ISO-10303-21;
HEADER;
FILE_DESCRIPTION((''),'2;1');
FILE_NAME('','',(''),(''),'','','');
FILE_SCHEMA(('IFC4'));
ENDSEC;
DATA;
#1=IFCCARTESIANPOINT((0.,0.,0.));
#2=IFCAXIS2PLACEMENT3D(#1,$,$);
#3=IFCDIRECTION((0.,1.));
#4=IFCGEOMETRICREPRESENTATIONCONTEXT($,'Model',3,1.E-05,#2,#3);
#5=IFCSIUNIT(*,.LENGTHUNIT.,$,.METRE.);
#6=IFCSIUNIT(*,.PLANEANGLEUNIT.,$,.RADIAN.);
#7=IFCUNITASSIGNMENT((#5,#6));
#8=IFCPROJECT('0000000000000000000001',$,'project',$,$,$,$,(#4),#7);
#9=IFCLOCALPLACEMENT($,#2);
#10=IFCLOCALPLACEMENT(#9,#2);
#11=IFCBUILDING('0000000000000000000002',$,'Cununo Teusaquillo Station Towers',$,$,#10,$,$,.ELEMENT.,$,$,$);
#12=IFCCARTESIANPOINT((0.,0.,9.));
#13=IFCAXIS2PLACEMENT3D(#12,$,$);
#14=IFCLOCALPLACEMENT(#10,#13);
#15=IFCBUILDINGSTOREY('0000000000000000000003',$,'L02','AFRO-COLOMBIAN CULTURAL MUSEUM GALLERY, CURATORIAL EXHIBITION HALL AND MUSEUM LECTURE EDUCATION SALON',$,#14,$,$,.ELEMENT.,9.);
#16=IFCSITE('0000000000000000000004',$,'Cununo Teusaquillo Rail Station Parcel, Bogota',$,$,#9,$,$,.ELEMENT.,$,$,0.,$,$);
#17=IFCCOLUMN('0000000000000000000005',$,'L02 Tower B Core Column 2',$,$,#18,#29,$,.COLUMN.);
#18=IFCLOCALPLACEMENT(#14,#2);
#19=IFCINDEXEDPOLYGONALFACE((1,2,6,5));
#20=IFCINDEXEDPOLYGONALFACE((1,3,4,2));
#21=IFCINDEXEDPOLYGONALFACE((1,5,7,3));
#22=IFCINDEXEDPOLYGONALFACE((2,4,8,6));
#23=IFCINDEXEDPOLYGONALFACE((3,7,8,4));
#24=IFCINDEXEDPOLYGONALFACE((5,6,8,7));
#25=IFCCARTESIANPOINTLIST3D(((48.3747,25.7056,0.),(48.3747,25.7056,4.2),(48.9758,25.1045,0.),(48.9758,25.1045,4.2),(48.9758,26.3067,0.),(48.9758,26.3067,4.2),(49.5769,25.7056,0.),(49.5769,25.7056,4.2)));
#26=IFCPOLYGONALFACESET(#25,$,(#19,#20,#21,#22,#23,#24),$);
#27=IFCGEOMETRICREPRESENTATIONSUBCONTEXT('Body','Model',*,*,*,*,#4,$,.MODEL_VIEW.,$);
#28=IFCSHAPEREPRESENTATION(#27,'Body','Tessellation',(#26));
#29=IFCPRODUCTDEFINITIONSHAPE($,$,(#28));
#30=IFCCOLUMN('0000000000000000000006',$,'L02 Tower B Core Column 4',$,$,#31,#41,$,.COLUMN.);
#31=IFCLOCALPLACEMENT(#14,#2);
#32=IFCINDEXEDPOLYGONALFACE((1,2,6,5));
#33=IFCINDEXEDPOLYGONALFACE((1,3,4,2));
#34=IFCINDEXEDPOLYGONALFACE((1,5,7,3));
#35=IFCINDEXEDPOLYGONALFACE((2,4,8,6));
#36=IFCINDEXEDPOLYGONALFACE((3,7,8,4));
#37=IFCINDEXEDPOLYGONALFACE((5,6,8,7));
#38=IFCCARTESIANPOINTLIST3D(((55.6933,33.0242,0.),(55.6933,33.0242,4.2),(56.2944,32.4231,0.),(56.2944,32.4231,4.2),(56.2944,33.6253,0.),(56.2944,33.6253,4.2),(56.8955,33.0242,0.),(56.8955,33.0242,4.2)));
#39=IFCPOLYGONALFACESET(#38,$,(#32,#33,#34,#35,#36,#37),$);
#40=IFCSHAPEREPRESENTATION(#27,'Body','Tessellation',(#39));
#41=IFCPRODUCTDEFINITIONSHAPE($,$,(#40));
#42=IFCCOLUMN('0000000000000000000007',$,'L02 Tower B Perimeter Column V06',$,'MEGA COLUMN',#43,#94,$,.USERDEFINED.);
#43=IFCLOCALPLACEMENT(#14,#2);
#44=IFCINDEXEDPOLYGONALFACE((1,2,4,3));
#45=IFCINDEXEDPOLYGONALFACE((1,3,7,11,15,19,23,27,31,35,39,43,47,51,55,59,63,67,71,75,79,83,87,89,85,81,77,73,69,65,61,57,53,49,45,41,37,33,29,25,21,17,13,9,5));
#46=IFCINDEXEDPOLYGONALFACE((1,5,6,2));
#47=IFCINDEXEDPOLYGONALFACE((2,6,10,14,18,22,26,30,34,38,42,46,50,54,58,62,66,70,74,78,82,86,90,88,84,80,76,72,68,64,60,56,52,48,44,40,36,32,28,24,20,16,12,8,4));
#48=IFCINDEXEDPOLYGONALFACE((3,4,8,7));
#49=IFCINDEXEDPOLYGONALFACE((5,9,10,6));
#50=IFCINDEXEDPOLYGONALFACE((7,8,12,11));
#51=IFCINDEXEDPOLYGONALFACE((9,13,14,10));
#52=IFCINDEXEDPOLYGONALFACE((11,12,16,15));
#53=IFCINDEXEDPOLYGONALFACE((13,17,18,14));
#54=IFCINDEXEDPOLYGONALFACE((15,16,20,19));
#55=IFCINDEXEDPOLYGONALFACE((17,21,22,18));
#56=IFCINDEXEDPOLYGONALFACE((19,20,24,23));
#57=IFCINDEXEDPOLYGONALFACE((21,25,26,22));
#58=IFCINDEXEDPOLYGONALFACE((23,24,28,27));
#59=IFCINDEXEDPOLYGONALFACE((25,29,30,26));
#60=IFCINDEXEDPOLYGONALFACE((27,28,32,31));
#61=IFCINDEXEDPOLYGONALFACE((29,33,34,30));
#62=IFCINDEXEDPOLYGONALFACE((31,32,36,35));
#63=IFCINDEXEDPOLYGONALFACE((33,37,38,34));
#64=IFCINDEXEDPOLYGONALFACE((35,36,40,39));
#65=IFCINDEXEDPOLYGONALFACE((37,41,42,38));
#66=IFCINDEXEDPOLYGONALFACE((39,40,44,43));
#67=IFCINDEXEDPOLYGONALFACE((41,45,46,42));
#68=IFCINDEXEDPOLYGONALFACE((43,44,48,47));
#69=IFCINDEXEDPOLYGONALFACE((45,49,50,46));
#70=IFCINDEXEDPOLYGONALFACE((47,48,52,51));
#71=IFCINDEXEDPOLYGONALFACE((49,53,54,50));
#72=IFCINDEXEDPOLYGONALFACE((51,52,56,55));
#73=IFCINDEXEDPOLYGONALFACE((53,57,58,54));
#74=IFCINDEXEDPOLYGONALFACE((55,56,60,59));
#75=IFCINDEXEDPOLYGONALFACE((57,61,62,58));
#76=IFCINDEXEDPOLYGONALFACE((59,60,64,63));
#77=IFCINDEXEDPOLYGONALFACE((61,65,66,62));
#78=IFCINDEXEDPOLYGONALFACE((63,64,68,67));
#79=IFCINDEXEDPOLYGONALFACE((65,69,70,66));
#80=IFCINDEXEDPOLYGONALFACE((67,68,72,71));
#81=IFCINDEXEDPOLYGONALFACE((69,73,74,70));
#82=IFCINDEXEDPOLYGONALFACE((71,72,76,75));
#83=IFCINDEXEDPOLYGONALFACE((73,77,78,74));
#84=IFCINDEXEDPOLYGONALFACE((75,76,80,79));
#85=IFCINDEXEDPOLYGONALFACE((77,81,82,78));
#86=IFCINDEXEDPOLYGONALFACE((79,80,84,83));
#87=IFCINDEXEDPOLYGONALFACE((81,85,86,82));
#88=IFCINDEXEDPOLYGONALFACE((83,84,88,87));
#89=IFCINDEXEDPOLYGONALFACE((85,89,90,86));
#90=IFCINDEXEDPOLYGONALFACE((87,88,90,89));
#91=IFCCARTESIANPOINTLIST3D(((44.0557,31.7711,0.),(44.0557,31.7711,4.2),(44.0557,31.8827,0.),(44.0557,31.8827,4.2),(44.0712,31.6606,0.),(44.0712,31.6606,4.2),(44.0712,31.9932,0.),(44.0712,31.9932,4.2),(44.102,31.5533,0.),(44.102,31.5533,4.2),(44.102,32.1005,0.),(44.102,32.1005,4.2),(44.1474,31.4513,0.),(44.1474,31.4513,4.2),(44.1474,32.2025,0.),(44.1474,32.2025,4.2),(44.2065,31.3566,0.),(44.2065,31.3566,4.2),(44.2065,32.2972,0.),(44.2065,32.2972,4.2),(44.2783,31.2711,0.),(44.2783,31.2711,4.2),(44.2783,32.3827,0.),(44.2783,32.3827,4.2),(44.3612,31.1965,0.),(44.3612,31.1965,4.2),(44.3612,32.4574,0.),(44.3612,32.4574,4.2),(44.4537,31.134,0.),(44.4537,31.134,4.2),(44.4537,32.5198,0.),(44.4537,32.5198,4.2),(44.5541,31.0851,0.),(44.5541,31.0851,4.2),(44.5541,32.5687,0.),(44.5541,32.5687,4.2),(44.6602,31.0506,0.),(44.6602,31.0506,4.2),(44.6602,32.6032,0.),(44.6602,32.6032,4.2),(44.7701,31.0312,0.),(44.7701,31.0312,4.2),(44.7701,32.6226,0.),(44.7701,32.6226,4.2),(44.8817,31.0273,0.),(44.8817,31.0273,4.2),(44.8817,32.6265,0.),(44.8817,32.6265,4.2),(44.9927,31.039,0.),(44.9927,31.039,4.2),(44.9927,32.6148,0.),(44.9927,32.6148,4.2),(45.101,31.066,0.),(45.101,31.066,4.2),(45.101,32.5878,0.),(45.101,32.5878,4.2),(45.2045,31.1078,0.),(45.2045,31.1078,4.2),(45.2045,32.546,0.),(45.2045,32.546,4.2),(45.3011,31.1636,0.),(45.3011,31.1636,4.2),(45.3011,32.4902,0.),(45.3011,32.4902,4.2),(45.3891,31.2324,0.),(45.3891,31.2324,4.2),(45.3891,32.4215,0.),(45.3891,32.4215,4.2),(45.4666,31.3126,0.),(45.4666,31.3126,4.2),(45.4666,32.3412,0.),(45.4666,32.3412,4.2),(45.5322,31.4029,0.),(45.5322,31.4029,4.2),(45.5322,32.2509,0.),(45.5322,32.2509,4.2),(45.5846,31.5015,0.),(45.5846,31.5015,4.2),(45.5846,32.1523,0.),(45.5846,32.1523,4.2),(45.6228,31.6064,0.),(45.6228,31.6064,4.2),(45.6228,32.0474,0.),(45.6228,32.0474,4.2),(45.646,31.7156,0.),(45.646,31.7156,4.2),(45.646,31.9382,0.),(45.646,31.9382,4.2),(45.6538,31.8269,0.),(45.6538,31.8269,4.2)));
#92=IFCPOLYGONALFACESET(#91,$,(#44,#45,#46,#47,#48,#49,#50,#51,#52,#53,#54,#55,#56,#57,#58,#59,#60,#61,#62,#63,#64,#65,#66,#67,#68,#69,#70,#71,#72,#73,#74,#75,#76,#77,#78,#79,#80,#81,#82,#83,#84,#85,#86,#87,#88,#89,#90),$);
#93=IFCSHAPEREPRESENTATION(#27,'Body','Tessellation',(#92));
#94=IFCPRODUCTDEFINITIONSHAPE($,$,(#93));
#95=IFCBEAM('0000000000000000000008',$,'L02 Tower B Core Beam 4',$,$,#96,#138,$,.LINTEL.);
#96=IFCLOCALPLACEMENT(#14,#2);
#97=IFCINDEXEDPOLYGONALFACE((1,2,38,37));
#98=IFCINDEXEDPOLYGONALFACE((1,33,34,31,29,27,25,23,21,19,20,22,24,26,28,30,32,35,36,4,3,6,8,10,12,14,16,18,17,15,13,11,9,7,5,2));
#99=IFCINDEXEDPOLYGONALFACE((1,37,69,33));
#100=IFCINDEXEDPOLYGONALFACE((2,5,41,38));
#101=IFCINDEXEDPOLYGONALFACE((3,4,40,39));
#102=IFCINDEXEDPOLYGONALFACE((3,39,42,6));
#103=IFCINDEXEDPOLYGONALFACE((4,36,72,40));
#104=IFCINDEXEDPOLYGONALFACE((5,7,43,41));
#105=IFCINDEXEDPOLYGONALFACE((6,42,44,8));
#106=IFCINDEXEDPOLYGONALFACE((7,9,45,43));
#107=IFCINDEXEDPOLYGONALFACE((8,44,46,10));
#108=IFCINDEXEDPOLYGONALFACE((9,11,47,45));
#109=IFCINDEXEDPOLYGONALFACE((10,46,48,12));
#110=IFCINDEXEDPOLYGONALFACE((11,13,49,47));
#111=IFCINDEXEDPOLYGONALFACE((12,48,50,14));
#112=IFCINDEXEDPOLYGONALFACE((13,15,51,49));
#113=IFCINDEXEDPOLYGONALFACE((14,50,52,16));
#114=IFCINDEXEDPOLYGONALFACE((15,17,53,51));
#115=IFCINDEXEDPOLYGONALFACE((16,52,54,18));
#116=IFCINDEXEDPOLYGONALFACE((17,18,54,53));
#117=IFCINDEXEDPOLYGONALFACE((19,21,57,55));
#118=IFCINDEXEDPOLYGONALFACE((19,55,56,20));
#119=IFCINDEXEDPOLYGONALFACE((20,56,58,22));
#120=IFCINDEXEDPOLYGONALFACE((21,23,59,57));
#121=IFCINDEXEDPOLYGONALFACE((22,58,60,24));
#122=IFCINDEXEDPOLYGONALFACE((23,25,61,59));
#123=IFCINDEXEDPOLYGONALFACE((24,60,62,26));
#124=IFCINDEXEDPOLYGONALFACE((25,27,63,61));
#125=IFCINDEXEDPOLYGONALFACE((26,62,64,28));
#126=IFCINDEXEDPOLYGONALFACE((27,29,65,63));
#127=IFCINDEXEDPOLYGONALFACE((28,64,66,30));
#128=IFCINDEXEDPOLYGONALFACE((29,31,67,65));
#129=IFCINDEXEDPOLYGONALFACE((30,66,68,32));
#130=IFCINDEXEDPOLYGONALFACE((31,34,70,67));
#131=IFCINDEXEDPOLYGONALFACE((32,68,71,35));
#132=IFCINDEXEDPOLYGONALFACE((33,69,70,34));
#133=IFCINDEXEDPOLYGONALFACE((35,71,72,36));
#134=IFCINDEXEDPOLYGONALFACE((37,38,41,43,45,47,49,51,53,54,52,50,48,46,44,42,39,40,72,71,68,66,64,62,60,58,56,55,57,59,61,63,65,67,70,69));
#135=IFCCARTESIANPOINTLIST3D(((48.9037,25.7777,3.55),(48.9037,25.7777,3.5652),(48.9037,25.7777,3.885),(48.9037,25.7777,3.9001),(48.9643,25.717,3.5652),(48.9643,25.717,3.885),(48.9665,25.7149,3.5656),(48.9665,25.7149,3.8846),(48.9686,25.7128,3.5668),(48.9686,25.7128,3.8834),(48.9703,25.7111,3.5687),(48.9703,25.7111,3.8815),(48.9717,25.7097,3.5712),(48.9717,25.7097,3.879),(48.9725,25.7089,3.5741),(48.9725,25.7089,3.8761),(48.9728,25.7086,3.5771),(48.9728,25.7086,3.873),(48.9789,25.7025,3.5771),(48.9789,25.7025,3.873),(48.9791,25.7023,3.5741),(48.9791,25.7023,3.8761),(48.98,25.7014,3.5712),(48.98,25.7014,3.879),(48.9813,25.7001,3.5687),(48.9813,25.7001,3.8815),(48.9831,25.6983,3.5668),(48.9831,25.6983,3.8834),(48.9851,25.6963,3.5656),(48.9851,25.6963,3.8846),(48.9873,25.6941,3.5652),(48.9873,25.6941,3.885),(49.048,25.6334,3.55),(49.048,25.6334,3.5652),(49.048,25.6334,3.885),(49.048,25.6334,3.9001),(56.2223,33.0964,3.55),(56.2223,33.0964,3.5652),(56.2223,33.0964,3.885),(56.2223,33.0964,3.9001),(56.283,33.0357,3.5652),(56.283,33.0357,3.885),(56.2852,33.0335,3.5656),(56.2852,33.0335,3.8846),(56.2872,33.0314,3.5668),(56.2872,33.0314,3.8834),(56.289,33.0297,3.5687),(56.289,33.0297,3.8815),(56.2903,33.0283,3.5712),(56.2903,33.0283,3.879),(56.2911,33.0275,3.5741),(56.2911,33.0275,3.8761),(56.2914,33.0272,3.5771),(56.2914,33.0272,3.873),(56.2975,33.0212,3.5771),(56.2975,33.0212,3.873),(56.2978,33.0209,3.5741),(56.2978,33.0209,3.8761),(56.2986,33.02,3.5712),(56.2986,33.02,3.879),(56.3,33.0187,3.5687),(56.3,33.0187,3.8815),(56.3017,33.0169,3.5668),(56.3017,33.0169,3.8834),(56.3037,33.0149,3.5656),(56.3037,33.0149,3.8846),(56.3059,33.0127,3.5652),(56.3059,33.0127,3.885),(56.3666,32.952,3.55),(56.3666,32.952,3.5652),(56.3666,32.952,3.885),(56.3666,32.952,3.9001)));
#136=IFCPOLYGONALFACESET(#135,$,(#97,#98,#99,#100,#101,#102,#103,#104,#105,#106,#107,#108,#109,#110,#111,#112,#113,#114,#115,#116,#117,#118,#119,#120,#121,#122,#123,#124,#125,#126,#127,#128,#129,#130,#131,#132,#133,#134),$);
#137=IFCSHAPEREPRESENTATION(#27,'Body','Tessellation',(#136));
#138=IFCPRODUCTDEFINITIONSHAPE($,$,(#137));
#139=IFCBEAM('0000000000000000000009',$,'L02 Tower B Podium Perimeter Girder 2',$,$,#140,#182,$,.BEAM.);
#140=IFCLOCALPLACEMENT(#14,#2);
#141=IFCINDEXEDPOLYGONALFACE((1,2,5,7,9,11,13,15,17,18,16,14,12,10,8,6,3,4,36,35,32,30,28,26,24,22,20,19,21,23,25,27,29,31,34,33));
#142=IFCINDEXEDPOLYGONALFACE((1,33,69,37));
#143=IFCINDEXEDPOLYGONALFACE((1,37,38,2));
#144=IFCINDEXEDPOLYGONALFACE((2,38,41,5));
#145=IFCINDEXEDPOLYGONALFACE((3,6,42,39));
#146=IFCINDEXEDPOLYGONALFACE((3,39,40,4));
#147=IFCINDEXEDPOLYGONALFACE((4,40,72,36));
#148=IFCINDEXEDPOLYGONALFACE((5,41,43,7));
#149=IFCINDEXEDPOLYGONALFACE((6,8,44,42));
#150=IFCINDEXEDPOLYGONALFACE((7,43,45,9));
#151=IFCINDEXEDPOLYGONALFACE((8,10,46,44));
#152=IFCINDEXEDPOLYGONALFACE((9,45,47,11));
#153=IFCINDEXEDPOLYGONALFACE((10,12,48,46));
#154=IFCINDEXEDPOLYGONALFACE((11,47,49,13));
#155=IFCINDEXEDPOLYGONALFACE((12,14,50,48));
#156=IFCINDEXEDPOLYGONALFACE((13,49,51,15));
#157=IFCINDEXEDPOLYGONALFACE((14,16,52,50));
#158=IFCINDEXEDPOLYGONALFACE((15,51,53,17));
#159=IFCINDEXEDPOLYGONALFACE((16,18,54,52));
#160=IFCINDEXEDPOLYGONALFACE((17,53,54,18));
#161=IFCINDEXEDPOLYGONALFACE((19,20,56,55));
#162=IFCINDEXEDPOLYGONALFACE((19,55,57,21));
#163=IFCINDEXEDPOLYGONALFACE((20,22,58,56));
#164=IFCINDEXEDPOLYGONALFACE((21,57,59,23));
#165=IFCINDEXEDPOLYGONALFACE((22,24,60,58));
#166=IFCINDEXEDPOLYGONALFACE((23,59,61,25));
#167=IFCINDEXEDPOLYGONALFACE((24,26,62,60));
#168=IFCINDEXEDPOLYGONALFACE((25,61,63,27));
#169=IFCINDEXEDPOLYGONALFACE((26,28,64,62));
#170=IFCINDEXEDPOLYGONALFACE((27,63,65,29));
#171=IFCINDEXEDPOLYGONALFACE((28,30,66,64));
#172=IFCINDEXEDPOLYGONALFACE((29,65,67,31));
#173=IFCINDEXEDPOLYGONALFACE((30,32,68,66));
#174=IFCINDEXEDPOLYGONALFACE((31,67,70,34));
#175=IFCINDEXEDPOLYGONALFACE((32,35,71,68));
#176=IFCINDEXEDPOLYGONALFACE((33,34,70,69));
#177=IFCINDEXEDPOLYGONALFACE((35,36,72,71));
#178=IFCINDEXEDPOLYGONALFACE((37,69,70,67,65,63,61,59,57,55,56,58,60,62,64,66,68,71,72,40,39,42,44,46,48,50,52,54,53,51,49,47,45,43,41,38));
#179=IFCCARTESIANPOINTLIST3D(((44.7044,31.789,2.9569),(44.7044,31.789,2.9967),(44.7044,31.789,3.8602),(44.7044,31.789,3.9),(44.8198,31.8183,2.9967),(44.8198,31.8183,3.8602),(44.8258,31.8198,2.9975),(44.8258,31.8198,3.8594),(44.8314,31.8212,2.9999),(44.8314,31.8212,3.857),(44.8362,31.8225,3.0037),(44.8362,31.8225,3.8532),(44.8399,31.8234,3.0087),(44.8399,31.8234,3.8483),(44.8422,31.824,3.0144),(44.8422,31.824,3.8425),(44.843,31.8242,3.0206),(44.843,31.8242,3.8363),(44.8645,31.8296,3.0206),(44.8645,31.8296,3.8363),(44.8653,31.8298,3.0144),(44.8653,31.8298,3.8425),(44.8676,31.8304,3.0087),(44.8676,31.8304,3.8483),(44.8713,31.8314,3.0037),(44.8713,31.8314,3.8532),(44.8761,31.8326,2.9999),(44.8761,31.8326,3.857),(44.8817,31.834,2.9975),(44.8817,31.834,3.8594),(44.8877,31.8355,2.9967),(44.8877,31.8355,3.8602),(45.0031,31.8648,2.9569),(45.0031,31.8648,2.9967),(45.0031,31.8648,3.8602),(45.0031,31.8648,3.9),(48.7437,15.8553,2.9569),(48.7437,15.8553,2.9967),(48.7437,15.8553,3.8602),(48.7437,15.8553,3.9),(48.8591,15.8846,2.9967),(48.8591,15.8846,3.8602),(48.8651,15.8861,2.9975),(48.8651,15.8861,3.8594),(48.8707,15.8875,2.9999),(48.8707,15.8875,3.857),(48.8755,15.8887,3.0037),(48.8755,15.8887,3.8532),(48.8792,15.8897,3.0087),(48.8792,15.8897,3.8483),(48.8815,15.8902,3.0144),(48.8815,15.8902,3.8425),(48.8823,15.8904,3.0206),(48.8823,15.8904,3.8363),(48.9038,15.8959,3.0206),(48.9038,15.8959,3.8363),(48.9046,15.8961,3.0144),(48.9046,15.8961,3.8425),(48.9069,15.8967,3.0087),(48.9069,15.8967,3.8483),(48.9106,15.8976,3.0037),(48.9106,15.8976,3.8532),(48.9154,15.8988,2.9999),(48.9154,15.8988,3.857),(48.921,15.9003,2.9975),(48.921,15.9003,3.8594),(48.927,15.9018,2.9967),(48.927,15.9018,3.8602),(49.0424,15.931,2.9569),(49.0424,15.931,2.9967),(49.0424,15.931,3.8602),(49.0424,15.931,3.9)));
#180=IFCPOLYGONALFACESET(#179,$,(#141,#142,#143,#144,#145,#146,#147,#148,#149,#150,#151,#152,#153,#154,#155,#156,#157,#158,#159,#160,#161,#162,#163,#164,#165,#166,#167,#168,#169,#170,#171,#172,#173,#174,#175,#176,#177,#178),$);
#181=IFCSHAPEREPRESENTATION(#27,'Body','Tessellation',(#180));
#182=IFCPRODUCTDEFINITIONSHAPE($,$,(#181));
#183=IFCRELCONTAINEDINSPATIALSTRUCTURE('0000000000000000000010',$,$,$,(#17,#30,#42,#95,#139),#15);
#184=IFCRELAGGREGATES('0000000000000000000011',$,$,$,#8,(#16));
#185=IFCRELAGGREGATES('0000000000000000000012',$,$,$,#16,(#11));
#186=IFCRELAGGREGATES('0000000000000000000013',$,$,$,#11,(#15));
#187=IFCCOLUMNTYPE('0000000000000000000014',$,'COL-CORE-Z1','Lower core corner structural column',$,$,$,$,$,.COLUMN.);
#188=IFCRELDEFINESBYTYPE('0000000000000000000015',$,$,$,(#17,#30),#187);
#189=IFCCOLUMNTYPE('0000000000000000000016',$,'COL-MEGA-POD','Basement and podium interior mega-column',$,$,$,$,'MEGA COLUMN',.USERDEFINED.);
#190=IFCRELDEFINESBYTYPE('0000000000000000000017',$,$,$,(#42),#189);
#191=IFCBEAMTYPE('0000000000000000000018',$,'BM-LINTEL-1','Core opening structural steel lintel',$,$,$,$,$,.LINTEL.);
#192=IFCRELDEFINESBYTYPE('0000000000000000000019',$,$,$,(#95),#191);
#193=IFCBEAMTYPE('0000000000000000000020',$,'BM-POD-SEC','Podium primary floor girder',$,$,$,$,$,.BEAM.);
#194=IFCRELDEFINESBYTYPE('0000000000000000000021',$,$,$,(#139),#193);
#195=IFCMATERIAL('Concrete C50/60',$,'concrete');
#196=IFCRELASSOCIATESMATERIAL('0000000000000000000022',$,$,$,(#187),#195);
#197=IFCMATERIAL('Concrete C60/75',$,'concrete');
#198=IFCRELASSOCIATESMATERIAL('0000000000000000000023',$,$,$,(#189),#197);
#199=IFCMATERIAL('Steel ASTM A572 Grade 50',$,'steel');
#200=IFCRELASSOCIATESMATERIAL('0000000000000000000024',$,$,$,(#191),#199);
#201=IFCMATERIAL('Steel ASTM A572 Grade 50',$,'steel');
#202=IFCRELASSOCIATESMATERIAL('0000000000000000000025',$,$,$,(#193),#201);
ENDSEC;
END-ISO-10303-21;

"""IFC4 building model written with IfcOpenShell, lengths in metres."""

from ifc_helpers import new_model, si_unit, direction, frame, origin, origin_2d, place, context, subcontext, project, spatial, rectangle, circle, i_section, extrude, material, material_profile, profile_set, type_object, element, save


model = new_model("IFC4")

# Units and contexts
model_context = context("Model", 3, precision=1e-05, world=origin(), true_north=direction((0.0, 1.0)))
body_context = subcontext(model_context, "Body", "Model", "MODEL_VIEW")
ifc_project = project(units=[si_unit("LENGTHUNIT", "METRE"), si_unit("PLANEANGLEUNIT", "RADIAN")], contexts=[model_context])

# Site, building, storey
site_placement = place(None, origin())
site = spatial("IfcSite", under=ifc_project, at=site_placement, Name="Cununo Teusaquillo Rail Station Parcel, Bogota", CompositionType="ELEMENT", RefElevation=0.0)
building_placement = place(site_placement, origin())
building = spatial("IfcBuilding", under=site, at=building_placement, Name="Cununo Teusaquillo Station Towers", CompositionType="ELEMENT")
storey_placement = place(building_placement, frame((0.0, 0.0, 9.0)))
storey = spatial("IfcBuildingStorey", under=building, at=storey_placement, Name="L02", Description="AFRO-COLOMBIAN CULTURAL MUSEUM GALLERY, CURATORIAL EXHIBITION HALL AND MUSEUM LECTURE EDUCATION SALON", CompositionType="ELEMENT", Elevation=9.0)

# Columns
ifc_material_1 = material(Name="Concrete C50/60", Category="concrete")
ifc_material_profile_1 = material_profile(ifc_material_1, rectangle(XDim=0.8501, YDim=0.8501, at=origin_2d()), Name="RC-RECT-850x850")
ifc_profile_set_1 = profile_set([ifc_material_profile_1], Name="Concrete C50/60")
column_type_1 = type_object("IfcColumnType", Name="COL-CORE-Z1", Description="Lower core corner structural column", PredefinedType="COLUMN", material=ifc_profile_set_1)
for number, where, z_axis, x_axis, name in (
    (1, (48.9758, 25.7056, 0.0), (0.0, 0.0, 1.0), (0.707107, 0.707107, 0.0), "L02 Tower B Core Column 2"),
    (2, (56.2944, 33.0242, 0.0), (0.0, 0.0, 1.0), (0.707107, 0.707107, 0.0), "L02 Tower B Core Column 4"),
):
    element("IfcColumn", number, at=place(storey_placement, frame(where, z_axis=z_axis, x_axis=x_axis)), inside=storey, type_object=column_type_1, Name=name, PredefinedType="COLUMN", context=body_context, shape_type="SweptSolid", body=[
        extrude(rectangle(XDim=0.8501, YDim=0.8501, at=origin_2d()), origin(), (0.0, 0.0, 1.0), 4.2),
    ])
ifc_material_2 = material(Name="Concrete C60/75", Category="concrete")
ifc_material_profile_2 = material_profile(ifc_material_2, circle(Radius=0.8, at=origin_2d()), Name="RC-CIRC-1600")
ifc_profile_set_2 = profile_set([ifc_material_profile_2], Name="Concrete C60/75")
column_type_2 = type_object("IfcColumnType", Name="COL-MEGA-POD", Description="Basement and podium interior mega-column", ElementType="MEGA COLUMN", PredefinedType="USERDEFINED", material=ifc_profile_set_2)
column_placement = place(storey_placement, frame((44.8538, 31.8269, 0.0), z_axis=(0.0, 0.0, 1.0), x_axis=(1.0, 0.0, 0.0)))
element("IfcColumn", 3, at=column_placement, inside=storey, type_object=column_type_2, Name="L02 Tower B Perimeter Column V06", ObjectType="MEGA COLUMN", PredefinedType="USERDEFINED", context=body_context, shape_type="SweptSolid", body=[
    extrude(circle(Radius=0.8, at=origin_2d()), origin(), (0.0, 0.0, 1.0), 4.2),
])

# Beams
ifc_material_3 = material(Name="Steel ASTM A572 Grade 50", Category="steel")
ifc_material_profile_3 = material_profile(ifc_material_3, i_section(OverallWidth=0.2041, OverallDepth=0.3501, WebThickness=0.0085, FlangeThickness=0.0151, FilletRadius=0.012, at=origin_2d()), Name="W14X48")
ifc_profile_set_3 = profile_set([ifc_material_profile_3], Name="Steel ASTM A572 Grade 50")
beam_type_1 = type_object("IfcBeamType", Name="BM-LINTEL-1", Description="Core opening structural steel lintel", PredefinedType="LINTEL", material=ifc_profile_set_3)
beam_1_placement = place(storey_placement, frame((48.9758, 25.7056, 3.7251), z_axis=(0.707107, 0.707107, 0.0), x_axis=(-0.707107, 0.707107, 0.0)))
element("IfcBeam", 4, at=beam_1_placement, inside=storey, type_object=beam_type_1, Name="L02 Tower B Core Beam 4", PredefinedType="LINTEL", context=body_context, shape_type="SweptSolid", body=[
    extrude(i_section(OverallWidth=0.2041, OverallDepth=0.3501, WebThickness=0.0085, FlangeThickness=0.0151, FilletRadius=0.012, at=origin_2d()), origin(), (0.0, 0.0, 1.0), 10.3501),
])
ifc_material_4 = material(Name="Steel ASTM A572 Grade 50", Category="steel")
ifc_material_profile_4 = material_profile(ifc_material_4, i_section(OverallWidth=0.3081, OverallDepth=0.9431, WebThickness=0.0222, FlangeThickness=0.0398, FilletRadius=0.0239, at=origin_2d()), Name="W36X232")
ifc_profile_set_4 = profile_set([ifc_material_profile_4], Name="Steel ASTM A572 Grade 50")
beam_type_2 = type_object("IfcBeamType", Name="BM-POD-SEC", Description="Podium primary floor girder", PredefinedType="BEAM", material=ifc_profile_set_4)
beam_2_placement = place(storey_placement, frame((44.8538, 31.8269, 3.4285), z_axis=(0.245732, -0.969338, 0.0), x_axis=(0.969338, 0.245732, 0.0)))
element("IfcBeam", 5, at=beam_2_placement, inside=storey, type_object=beam_type_2, Name="L02 Tower B Podium Perimeter Girder 2", PredefinedType="BEAM", context=body_context, shape_type="SweptSolid", body=[
    extrude(i_section(OverallWidth=0.3081, OverallDepth=0.9431, WebThickness=0.0222, FlangeThickness=0.0398, FilletRadius=0.0239, at=origin_2d()), origin(), (0.0, 0.0, 1.0), 16.4377),
])

save(model, "model.ifc")
